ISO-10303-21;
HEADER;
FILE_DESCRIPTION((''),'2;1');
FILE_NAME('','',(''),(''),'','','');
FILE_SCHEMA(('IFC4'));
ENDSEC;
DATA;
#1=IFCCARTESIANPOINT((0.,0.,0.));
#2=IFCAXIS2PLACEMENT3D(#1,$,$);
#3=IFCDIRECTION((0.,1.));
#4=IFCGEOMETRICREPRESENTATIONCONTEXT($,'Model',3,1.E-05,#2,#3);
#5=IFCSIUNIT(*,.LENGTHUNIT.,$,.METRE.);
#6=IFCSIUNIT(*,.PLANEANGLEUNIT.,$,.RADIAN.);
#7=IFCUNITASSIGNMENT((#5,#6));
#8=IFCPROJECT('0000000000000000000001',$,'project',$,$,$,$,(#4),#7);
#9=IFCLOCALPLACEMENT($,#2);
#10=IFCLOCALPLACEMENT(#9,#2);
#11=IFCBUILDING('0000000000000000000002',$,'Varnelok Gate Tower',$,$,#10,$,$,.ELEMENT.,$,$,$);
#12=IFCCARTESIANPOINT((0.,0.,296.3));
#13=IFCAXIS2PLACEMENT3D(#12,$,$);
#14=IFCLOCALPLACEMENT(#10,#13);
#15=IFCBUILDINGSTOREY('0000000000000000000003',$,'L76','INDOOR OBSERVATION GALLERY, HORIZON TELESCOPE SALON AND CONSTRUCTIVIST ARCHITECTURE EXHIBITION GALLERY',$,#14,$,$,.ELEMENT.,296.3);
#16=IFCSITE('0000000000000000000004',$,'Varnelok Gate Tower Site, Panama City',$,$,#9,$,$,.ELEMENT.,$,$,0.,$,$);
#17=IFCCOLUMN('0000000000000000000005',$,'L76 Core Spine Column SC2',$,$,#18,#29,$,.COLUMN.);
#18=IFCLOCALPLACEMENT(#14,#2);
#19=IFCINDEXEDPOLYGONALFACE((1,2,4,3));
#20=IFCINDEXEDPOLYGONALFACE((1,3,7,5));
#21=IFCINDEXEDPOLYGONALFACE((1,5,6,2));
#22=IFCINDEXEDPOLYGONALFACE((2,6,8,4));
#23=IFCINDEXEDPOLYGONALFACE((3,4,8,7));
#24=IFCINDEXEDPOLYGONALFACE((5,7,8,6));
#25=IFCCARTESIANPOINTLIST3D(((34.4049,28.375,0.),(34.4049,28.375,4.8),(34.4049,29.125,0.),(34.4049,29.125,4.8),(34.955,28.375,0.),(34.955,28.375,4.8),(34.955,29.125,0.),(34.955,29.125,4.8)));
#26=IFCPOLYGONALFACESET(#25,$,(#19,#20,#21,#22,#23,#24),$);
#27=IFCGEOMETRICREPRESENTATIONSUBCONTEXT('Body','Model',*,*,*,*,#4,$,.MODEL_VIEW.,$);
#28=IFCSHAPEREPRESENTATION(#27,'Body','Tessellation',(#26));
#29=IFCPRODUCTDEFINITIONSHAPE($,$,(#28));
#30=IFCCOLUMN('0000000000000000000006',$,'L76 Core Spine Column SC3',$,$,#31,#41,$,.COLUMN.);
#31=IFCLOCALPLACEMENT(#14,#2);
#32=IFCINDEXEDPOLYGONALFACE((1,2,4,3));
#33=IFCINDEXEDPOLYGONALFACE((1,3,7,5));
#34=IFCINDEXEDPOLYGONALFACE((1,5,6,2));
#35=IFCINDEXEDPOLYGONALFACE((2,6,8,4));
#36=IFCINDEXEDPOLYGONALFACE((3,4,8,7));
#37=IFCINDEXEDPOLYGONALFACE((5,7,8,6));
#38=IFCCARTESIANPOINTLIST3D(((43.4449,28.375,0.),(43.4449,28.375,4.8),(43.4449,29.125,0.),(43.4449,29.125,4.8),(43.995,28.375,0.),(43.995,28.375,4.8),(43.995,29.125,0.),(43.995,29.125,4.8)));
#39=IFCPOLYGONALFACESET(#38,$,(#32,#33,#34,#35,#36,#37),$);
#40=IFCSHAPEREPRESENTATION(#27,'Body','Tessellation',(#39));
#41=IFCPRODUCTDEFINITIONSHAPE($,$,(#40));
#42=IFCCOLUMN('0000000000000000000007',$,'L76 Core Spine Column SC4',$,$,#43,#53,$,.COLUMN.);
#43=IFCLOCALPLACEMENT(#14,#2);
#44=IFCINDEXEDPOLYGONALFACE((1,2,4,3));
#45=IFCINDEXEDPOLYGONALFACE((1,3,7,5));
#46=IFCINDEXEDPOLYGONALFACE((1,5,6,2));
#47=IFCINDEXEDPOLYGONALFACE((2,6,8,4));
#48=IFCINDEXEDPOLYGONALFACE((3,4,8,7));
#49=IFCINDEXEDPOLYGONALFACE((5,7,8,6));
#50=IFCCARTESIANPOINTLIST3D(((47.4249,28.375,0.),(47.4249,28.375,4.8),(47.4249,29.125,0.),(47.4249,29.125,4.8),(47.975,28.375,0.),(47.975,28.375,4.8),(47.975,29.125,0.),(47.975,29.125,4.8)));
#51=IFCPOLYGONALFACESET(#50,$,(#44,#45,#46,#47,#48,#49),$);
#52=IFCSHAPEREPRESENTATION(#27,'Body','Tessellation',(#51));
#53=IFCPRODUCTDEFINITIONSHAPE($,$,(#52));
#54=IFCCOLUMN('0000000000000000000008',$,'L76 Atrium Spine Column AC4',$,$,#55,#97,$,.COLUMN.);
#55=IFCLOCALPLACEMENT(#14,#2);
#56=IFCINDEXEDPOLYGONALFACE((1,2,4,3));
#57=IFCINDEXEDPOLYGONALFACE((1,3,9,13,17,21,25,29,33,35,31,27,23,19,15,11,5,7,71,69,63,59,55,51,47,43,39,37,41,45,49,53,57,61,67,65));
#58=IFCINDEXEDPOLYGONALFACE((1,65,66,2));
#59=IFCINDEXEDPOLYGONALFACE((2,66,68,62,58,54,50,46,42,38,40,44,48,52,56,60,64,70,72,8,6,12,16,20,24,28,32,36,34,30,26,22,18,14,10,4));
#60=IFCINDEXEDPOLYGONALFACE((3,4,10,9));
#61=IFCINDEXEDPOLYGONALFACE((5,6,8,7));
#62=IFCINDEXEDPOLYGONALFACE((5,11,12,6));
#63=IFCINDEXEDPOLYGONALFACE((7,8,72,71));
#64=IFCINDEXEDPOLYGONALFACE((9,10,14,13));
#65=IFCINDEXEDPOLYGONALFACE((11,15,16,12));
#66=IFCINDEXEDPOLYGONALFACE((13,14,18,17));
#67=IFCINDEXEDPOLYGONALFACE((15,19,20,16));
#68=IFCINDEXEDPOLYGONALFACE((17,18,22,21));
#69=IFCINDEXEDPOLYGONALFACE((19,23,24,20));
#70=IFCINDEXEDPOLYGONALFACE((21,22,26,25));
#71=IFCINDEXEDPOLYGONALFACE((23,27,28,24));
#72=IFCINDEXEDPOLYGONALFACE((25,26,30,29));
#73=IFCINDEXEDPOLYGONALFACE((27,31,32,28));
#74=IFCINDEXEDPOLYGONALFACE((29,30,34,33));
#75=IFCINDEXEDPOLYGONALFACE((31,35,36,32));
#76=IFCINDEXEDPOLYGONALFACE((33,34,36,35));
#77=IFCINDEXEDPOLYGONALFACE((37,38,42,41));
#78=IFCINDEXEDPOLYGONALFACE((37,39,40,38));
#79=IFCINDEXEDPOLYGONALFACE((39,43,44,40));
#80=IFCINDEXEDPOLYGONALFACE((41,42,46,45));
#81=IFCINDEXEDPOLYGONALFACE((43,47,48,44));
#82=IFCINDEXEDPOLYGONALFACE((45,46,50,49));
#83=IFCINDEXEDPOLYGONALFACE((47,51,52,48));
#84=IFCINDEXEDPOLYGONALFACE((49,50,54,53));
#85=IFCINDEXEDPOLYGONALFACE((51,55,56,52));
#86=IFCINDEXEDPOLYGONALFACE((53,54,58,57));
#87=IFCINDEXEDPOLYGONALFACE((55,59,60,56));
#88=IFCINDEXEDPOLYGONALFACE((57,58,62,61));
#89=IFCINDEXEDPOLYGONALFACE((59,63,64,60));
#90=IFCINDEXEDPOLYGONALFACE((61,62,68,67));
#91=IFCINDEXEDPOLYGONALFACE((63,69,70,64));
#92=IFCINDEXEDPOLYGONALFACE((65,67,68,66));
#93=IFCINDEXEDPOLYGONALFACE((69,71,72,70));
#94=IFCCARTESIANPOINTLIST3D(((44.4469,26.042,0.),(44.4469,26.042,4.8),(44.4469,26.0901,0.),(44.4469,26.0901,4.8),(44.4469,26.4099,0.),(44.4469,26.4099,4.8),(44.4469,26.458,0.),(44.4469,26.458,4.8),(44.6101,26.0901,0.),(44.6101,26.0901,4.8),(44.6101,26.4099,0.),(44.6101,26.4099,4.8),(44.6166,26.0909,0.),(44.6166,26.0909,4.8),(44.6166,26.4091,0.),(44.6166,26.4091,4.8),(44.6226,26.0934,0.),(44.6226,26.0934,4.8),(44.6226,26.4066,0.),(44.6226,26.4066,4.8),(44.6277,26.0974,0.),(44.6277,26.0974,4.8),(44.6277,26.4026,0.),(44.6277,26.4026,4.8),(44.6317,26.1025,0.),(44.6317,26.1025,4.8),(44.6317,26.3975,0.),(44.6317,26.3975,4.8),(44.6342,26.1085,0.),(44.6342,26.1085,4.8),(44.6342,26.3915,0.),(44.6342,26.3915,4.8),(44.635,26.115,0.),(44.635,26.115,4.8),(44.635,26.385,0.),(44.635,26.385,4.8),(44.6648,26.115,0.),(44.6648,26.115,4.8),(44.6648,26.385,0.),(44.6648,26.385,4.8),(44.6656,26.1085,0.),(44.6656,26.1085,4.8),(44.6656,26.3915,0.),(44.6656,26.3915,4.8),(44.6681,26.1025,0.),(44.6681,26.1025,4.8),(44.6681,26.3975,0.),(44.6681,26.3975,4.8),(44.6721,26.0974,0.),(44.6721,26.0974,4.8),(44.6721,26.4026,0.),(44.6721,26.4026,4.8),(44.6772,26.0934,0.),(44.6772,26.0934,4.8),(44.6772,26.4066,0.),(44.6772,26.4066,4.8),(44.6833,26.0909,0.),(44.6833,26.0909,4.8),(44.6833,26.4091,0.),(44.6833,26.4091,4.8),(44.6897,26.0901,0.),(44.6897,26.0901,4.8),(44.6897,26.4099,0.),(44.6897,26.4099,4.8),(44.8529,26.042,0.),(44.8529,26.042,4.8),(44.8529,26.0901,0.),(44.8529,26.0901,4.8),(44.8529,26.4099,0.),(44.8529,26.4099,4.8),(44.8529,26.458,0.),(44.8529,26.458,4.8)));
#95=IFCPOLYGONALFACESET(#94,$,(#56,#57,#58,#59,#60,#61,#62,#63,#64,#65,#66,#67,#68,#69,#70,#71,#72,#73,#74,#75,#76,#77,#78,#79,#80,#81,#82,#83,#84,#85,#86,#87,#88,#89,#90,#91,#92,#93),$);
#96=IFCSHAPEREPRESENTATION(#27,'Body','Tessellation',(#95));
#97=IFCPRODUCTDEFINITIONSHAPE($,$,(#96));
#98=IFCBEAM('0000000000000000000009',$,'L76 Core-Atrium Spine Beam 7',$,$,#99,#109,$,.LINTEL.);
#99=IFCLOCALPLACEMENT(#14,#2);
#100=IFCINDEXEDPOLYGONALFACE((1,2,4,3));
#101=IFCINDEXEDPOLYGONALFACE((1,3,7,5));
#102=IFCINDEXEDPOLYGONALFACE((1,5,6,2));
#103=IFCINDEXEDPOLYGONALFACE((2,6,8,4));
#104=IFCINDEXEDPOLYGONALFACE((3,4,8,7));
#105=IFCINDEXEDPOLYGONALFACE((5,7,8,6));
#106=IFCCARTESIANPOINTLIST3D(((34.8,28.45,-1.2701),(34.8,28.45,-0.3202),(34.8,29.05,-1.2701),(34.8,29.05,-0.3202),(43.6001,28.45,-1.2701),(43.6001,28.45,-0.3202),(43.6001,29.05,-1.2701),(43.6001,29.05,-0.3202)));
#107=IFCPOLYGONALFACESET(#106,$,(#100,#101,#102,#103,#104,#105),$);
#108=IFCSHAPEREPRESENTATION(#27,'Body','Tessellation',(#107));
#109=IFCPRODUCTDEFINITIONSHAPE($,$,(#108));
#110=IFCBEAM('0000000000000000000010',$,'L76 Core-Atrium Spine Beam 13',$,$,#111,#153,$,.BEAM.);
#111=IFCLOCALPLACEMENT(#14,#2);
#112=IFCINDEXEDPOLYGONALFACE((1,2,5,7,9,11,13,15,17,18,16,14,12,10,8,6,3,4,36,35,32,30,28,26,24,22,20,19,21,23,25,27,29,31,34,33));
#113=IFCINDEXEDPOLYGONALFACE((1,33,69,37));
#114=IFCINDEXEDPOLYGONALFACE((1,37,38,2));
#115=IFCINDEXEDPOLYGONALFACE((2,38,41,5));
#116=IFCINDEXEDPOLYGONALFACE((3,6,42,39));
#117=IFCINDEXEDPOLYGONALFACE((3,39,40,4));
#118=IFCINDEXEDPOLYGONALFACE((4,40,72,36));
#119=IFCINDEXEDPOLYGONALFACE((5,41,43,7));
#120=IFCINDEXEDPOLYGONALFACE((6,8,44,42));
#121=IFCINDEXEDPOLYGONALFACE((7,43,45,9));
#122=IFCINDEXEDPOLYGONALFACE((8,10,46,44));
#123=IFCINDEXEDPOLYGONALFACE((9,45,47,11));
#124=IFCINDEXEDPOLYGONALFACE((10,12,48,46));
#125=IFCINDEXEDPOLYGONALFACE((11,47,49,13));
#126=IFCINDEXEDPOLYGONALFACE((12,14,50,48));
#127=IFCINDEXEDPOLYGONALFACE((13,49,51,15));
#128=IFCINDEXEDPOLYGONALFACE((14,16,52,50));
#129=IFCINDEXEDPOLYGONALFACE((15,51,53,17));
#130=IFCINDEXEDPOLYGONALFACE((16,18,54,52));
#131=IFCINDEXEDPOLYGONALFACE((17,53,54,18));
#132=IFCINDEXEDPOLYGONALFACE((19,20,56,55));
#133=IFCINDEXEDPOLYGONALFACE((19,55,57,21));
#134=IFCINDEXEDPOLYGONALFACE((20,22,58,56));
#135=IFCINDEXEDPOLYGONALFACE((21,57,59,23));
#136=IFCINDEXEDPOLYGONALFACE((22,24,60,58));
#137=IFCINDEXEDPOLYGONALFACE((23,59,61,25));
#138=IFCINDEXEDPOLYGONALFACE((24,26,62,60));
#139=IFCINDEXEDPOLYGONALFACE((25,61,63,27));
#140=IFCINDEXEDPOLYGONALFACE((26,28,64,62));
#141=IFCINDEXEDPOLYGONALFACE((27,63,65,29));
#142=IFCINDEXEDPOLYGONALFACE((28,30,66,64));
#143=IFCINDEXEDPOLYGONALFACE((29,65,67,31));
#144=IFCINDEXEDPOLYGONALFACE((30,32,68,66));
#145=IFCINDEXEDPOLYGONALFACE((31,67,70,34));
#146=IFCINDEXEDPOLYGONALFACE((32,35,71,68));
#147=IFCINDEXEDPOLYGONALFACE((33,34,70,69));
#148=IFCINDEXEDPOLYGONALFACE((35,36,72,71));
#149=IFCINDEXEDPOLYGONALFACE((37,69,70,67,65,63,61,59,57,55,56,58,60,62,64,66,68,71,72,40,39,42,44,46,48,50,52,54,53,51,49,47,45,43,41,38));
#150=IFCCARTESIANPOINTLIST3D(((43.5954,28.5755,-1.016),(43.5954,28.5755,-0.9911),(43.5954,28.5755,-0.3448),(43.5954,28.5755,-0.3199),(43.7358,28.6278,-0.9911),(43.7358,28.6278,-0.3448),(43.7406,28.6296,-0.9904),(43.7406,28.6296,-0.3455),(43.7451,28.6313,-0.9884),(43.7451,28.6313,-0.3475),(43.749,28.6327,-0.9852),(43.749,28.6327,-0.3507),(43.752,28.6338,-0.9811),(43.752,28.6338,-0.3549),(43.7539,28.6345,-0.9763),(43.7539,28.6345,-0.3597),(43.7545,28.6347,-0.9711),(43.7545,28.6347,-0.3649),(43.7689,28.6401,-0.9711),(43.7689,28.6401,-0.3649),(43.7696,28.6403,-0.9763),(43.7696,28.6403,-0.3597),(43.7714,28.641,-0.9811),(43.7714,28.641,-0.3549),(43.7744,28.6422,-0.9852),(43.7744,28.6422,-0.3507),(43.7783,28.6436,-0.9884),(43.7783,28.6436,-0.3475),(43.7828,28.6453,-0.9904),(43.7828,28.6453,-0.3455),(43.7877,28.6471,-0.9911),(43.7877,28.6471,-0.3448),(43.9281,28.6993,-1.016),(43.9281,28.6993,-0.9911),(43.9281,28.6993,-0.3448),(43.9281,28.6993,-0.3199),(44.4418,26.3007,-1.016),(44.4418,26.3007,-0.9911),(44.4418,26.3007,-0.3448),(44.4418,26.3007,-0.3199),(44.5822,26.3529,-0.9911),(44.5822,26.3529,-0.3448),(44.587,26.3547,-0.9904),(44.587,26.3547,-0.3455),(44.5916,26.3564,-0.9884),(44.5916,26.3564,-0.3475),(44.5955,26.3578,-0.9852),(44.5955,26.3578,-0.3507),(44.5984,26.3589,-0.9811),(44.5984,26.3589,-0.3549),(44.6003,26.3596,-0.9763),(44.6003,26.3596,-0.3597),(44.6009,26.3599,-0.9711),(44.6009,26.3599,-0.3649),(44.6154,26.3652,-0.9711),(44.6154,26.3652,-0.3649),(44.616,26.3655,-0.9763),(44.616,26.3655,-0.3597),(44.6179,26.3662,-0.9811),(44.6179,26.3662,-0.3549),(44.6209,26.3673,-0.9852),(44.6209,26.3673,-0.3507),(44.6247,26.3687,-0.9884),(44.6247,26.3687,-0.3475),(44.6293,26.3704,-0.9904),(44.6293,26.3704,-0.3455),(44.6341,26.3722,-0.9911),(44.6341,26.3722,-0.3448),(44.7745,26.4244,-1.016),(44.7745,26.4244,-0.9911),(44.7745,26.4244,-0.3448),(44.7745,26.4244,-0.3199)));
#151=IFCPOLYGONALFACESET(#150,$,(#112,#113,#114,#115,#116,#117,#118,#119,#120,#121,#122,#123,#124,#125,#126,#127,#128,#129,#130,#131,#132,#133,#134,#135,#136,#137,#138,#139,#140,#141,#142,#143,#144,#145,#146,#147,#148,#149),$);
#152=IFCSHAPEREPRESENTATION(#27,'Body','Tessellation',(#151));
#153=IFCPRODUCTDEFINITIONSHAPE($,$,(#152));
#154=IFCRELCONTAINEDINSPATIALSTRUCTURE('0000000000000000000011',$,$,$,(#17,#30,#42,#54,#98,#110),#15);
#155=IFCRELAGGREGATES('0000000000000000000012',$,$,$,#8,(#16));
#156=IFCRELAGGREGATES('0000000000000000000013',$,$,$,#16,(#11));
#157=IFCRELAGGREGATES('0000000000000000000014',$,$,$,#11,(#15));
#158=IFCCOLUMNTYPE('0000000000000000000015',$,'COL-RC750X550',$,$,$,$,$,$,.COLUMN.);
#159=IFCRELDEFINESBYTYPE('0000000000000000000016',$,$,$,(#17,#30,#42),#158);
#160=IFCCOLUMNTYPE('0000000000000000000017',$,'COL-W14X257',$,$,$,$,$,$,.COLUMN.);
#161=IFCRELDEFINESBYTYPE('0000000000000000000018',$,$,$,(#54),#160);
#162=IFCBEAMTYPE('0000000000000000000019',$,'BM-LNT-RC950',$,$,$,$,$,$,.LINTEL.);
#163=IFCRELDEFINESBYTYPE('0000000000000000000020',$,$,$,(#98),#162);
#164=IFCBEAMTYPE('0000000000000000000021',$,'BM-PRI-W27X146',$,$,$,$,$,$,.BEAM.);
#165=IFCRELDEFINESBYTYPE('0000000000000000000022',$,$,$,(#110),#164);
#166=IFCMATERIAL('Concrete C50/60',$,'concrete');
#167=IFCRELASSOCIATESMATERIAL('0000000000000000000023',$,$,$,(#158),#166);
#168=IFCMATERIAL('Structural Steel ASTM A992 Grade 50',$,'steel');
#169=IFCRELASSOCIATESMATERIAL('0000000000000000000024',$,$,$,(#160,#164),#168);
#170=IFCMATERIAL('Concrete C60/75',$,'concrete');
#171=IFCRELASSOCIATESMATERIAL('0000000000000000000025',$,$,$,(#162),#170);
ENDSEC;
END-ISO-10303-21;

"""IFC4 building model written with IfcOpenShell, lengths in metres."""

from ifc_helpers import new_model, si_unit, direction, frame, origin, origin_2d, place, context, subcontext, project, spatial, rectangle, i_section, extrude, material, material_profile, profile_set, type_object, element, save


model = new_model("IFC4")

# Units and contexts
model_context = context("Model", 3, precision=1e-05, world=origin(), true_north=direction((0.0, 1.0)))
body_context = subcontext(model_context, "Body", "Model", "MODEL_VIEW")
ifc_project = project(units=[si_unit("LENGTHUNIT", "METRE"), si_unit("PLANEANGLEUNIT", "RADIAN")], contexts=[model_context])

# Site, building, storey
site_placement = place(None, origin())
site = spatial("IfcSite", under=ifc_project, at=site_placement, Name="Varnelok Gate Tower Site, Panama City", CompositionType="ELEMENT", RefElevation=0.0)
building_placement = place(site_placement, origin())
building = spatial("IfcBuilding", under=site, at=building_placement, Name="Varnelok Gate Tower", CompositionType="ELEMENT")
storey_placement = place(building_placement, frame((0.0, 0.0, 296.3)))
storey = spatial("IfcBuildingStorey", under=building, at=storey_placement, Name="L76", Description="INDOOR OBSERVATION GALLERY, HORIZON TELESCOPE SALON AND CONSTRUCTIVIST ARCHITECTURE EXHIBITION GALLERY", CompositionType="ELEMENT", Elevation=296.3)

# Columns
ifc_material_1 = material(Name="Concrete C50/60", Category="concrete")
ifc_material_profile_1 = material_profile(ifc_material_1, rectangle(XDim=0.55, YDim=0.75, at=origin_2d()), Name="RC750X550")
ifc_profile_set_1 = profile_set([ifc_material_profile_1], Name="Concrete C50/60")
column_type_1 = type_object("IfcColumnType", Name="COL-RC750X550", PredefinedType="COLUMN", material=ifc_profile_set_1)
for number, where, z_axis, x_axis, name in (
    (1, (34.6799, 28.75, 0.0), (0.0, 0.0, 1.0), (1.0, 0.0, 0.0), "L76 Core Spine Column SC2"),
    (2, (43.72, 28.75, 0.0), (0.0, 0.0, 1.0), (1.0, 0.0, 0.0), "L76 Core Spine Column SC3"),
    (3, (47.7, 28.75, 0.0), (0.0, 0.0, 1.0), (1.0, 0.0, 0.0), "L76 Core Spine Column SC4"),
):
    element("IfcColumn", number, at=place(storey_placement, frame(where, z_axis=z_axis, x_axis=x_axis)), inside=storey, type_object=column_type_1, Name=name, PredefinedType="COLUMN", context=body_context, shape_type="SweptSolid", body=[
        extrude(rectangle(XDim=0.55, YDim=0.75, at=origin_2d()), origin(), (0.0, 0.0, 1.0), 4.8),
    ])
ifc_material_2 = material(Name="Structural Steel ASTM A992 Grade 50", Category="steel")
ifc_material_profile_2 = material_profile(ifc_material_2, i_section(OverallWidth=0.406, OverallDepth=0.416, WebThickness=0.0298, FlangeThickness=0.0481, FilletRadius=0.0249, at=origin_2d()), Name="W14X257")
ifc_profile_set_2 = profile_set([ifc_material_profile_2], Name="Structural Steel ASTM A992 Grade 50")
column_type_2 = type_object("IfcColumnType", Name="COL-W14X257", PredefinedType="COLUMN", material=ifc_profile_set_2)
column_placement = place(storey_placement, frame((44.6499, 26.25, 0.0), z_axis=(0.0, 0.0, 1.0), x_axis=(1.0, 0.0, 0.0)))
element("IfcColumn", 4, at=column_placement, inside=storey, type_object=column_type_2, Name="L76 Atrium Spine Column AC4", PredefinedType="COLUMN", context=body_context, shape_type="SweptSolid", body=[
    extrude(i_section(OverallWidth=0.406, OverallDepth=0.416, WebThickness=0.0298, FlangeThickness=0.0481, FilletRadius=0.0249, at=origin_2d()), origin(), (0.0, 0.0, 1.0), 4.8),
])

# Beams
ifc_material_3 = material(Name="Concrete C60/75", Category="concrete")
ifc_material_profile_3 = material_profile(ifc_material_3, rectangle(XDim=0.6001, YDim=0.95, at=origin_2d()), Name="RC950X600")
ifc_profile_set_3 = profile_set([ifc_material_profile_3], Name="Concrete C60/75")
beam_type_1 = type_object("IfcBeamType", Name="BM-LNT-RC950", PredefinedType="LINTEL", material=ifc_profile_set_3)
beam_1_placement = place(storey_placement, frame((34.8, 28.75, -0.7952), z_axis=(1.0, 0.0, 0.0), x_axis=(0.0, 1.0, 0.0)))
element("IfcBeam", 5, at=beam_1_placement, inside=storey, type_object=beam_type_1, Name="L76 Core-Atrium Spine Beam 7", PredefinedType="LINTEL", context=body_context, shape_type="SweptSolid", body=[
    extrude(rectangle(XDim=0.6001, YDim=0.95, at=origin_2d()), origin(), (0.0, 0.0, 1.0), 8.8),
])
ifc_material_profile_4 = material_profile(ifc_material_2, i_section(OverallWidth=0.355, OverallDepth=0.696, WebThickness=0.0154, FlangeThickness=0.0249, FilletRadius=0.02, at=origin_2d()), Name="W27X146")
ifc_profile_set_4 = profile_set([ifc_material_profile_4], Name="Structural Steel ASTM A992 Grade 50")
beam_type_2 = type_object("IfcBeamType", Name="BM-PRI-W27X146", PredefinedType="BEAM", material=ifc_profile_set_4)
beam_2_placement = place(storey_placement, frame((44.6082, 26.3625, -0.668), z_axis=(-0.348719, 0.937227, 0.0), x_axis=(-0.937227, -0.348719, 0.0)))
element("IfcBeam", 6, at=beam_2_placement, inside=storey, type_object=beam_type_2, Name="L76 Core-Atrium Spine Beam 13", PredefinedType="BEAM", context=body_context, shape_type="SweptSolid", body=[
    extrude(i_section(OverallWidth=0.355, OverallDepth=0.696, WebThickness=0.0154, FlangeThickness=0.0249, FilletRadius=0.02, at=origin_2d()), origin(), (0.0, 0.0, 1.0), 2.4272),
])

save(model, "model.ifc")
